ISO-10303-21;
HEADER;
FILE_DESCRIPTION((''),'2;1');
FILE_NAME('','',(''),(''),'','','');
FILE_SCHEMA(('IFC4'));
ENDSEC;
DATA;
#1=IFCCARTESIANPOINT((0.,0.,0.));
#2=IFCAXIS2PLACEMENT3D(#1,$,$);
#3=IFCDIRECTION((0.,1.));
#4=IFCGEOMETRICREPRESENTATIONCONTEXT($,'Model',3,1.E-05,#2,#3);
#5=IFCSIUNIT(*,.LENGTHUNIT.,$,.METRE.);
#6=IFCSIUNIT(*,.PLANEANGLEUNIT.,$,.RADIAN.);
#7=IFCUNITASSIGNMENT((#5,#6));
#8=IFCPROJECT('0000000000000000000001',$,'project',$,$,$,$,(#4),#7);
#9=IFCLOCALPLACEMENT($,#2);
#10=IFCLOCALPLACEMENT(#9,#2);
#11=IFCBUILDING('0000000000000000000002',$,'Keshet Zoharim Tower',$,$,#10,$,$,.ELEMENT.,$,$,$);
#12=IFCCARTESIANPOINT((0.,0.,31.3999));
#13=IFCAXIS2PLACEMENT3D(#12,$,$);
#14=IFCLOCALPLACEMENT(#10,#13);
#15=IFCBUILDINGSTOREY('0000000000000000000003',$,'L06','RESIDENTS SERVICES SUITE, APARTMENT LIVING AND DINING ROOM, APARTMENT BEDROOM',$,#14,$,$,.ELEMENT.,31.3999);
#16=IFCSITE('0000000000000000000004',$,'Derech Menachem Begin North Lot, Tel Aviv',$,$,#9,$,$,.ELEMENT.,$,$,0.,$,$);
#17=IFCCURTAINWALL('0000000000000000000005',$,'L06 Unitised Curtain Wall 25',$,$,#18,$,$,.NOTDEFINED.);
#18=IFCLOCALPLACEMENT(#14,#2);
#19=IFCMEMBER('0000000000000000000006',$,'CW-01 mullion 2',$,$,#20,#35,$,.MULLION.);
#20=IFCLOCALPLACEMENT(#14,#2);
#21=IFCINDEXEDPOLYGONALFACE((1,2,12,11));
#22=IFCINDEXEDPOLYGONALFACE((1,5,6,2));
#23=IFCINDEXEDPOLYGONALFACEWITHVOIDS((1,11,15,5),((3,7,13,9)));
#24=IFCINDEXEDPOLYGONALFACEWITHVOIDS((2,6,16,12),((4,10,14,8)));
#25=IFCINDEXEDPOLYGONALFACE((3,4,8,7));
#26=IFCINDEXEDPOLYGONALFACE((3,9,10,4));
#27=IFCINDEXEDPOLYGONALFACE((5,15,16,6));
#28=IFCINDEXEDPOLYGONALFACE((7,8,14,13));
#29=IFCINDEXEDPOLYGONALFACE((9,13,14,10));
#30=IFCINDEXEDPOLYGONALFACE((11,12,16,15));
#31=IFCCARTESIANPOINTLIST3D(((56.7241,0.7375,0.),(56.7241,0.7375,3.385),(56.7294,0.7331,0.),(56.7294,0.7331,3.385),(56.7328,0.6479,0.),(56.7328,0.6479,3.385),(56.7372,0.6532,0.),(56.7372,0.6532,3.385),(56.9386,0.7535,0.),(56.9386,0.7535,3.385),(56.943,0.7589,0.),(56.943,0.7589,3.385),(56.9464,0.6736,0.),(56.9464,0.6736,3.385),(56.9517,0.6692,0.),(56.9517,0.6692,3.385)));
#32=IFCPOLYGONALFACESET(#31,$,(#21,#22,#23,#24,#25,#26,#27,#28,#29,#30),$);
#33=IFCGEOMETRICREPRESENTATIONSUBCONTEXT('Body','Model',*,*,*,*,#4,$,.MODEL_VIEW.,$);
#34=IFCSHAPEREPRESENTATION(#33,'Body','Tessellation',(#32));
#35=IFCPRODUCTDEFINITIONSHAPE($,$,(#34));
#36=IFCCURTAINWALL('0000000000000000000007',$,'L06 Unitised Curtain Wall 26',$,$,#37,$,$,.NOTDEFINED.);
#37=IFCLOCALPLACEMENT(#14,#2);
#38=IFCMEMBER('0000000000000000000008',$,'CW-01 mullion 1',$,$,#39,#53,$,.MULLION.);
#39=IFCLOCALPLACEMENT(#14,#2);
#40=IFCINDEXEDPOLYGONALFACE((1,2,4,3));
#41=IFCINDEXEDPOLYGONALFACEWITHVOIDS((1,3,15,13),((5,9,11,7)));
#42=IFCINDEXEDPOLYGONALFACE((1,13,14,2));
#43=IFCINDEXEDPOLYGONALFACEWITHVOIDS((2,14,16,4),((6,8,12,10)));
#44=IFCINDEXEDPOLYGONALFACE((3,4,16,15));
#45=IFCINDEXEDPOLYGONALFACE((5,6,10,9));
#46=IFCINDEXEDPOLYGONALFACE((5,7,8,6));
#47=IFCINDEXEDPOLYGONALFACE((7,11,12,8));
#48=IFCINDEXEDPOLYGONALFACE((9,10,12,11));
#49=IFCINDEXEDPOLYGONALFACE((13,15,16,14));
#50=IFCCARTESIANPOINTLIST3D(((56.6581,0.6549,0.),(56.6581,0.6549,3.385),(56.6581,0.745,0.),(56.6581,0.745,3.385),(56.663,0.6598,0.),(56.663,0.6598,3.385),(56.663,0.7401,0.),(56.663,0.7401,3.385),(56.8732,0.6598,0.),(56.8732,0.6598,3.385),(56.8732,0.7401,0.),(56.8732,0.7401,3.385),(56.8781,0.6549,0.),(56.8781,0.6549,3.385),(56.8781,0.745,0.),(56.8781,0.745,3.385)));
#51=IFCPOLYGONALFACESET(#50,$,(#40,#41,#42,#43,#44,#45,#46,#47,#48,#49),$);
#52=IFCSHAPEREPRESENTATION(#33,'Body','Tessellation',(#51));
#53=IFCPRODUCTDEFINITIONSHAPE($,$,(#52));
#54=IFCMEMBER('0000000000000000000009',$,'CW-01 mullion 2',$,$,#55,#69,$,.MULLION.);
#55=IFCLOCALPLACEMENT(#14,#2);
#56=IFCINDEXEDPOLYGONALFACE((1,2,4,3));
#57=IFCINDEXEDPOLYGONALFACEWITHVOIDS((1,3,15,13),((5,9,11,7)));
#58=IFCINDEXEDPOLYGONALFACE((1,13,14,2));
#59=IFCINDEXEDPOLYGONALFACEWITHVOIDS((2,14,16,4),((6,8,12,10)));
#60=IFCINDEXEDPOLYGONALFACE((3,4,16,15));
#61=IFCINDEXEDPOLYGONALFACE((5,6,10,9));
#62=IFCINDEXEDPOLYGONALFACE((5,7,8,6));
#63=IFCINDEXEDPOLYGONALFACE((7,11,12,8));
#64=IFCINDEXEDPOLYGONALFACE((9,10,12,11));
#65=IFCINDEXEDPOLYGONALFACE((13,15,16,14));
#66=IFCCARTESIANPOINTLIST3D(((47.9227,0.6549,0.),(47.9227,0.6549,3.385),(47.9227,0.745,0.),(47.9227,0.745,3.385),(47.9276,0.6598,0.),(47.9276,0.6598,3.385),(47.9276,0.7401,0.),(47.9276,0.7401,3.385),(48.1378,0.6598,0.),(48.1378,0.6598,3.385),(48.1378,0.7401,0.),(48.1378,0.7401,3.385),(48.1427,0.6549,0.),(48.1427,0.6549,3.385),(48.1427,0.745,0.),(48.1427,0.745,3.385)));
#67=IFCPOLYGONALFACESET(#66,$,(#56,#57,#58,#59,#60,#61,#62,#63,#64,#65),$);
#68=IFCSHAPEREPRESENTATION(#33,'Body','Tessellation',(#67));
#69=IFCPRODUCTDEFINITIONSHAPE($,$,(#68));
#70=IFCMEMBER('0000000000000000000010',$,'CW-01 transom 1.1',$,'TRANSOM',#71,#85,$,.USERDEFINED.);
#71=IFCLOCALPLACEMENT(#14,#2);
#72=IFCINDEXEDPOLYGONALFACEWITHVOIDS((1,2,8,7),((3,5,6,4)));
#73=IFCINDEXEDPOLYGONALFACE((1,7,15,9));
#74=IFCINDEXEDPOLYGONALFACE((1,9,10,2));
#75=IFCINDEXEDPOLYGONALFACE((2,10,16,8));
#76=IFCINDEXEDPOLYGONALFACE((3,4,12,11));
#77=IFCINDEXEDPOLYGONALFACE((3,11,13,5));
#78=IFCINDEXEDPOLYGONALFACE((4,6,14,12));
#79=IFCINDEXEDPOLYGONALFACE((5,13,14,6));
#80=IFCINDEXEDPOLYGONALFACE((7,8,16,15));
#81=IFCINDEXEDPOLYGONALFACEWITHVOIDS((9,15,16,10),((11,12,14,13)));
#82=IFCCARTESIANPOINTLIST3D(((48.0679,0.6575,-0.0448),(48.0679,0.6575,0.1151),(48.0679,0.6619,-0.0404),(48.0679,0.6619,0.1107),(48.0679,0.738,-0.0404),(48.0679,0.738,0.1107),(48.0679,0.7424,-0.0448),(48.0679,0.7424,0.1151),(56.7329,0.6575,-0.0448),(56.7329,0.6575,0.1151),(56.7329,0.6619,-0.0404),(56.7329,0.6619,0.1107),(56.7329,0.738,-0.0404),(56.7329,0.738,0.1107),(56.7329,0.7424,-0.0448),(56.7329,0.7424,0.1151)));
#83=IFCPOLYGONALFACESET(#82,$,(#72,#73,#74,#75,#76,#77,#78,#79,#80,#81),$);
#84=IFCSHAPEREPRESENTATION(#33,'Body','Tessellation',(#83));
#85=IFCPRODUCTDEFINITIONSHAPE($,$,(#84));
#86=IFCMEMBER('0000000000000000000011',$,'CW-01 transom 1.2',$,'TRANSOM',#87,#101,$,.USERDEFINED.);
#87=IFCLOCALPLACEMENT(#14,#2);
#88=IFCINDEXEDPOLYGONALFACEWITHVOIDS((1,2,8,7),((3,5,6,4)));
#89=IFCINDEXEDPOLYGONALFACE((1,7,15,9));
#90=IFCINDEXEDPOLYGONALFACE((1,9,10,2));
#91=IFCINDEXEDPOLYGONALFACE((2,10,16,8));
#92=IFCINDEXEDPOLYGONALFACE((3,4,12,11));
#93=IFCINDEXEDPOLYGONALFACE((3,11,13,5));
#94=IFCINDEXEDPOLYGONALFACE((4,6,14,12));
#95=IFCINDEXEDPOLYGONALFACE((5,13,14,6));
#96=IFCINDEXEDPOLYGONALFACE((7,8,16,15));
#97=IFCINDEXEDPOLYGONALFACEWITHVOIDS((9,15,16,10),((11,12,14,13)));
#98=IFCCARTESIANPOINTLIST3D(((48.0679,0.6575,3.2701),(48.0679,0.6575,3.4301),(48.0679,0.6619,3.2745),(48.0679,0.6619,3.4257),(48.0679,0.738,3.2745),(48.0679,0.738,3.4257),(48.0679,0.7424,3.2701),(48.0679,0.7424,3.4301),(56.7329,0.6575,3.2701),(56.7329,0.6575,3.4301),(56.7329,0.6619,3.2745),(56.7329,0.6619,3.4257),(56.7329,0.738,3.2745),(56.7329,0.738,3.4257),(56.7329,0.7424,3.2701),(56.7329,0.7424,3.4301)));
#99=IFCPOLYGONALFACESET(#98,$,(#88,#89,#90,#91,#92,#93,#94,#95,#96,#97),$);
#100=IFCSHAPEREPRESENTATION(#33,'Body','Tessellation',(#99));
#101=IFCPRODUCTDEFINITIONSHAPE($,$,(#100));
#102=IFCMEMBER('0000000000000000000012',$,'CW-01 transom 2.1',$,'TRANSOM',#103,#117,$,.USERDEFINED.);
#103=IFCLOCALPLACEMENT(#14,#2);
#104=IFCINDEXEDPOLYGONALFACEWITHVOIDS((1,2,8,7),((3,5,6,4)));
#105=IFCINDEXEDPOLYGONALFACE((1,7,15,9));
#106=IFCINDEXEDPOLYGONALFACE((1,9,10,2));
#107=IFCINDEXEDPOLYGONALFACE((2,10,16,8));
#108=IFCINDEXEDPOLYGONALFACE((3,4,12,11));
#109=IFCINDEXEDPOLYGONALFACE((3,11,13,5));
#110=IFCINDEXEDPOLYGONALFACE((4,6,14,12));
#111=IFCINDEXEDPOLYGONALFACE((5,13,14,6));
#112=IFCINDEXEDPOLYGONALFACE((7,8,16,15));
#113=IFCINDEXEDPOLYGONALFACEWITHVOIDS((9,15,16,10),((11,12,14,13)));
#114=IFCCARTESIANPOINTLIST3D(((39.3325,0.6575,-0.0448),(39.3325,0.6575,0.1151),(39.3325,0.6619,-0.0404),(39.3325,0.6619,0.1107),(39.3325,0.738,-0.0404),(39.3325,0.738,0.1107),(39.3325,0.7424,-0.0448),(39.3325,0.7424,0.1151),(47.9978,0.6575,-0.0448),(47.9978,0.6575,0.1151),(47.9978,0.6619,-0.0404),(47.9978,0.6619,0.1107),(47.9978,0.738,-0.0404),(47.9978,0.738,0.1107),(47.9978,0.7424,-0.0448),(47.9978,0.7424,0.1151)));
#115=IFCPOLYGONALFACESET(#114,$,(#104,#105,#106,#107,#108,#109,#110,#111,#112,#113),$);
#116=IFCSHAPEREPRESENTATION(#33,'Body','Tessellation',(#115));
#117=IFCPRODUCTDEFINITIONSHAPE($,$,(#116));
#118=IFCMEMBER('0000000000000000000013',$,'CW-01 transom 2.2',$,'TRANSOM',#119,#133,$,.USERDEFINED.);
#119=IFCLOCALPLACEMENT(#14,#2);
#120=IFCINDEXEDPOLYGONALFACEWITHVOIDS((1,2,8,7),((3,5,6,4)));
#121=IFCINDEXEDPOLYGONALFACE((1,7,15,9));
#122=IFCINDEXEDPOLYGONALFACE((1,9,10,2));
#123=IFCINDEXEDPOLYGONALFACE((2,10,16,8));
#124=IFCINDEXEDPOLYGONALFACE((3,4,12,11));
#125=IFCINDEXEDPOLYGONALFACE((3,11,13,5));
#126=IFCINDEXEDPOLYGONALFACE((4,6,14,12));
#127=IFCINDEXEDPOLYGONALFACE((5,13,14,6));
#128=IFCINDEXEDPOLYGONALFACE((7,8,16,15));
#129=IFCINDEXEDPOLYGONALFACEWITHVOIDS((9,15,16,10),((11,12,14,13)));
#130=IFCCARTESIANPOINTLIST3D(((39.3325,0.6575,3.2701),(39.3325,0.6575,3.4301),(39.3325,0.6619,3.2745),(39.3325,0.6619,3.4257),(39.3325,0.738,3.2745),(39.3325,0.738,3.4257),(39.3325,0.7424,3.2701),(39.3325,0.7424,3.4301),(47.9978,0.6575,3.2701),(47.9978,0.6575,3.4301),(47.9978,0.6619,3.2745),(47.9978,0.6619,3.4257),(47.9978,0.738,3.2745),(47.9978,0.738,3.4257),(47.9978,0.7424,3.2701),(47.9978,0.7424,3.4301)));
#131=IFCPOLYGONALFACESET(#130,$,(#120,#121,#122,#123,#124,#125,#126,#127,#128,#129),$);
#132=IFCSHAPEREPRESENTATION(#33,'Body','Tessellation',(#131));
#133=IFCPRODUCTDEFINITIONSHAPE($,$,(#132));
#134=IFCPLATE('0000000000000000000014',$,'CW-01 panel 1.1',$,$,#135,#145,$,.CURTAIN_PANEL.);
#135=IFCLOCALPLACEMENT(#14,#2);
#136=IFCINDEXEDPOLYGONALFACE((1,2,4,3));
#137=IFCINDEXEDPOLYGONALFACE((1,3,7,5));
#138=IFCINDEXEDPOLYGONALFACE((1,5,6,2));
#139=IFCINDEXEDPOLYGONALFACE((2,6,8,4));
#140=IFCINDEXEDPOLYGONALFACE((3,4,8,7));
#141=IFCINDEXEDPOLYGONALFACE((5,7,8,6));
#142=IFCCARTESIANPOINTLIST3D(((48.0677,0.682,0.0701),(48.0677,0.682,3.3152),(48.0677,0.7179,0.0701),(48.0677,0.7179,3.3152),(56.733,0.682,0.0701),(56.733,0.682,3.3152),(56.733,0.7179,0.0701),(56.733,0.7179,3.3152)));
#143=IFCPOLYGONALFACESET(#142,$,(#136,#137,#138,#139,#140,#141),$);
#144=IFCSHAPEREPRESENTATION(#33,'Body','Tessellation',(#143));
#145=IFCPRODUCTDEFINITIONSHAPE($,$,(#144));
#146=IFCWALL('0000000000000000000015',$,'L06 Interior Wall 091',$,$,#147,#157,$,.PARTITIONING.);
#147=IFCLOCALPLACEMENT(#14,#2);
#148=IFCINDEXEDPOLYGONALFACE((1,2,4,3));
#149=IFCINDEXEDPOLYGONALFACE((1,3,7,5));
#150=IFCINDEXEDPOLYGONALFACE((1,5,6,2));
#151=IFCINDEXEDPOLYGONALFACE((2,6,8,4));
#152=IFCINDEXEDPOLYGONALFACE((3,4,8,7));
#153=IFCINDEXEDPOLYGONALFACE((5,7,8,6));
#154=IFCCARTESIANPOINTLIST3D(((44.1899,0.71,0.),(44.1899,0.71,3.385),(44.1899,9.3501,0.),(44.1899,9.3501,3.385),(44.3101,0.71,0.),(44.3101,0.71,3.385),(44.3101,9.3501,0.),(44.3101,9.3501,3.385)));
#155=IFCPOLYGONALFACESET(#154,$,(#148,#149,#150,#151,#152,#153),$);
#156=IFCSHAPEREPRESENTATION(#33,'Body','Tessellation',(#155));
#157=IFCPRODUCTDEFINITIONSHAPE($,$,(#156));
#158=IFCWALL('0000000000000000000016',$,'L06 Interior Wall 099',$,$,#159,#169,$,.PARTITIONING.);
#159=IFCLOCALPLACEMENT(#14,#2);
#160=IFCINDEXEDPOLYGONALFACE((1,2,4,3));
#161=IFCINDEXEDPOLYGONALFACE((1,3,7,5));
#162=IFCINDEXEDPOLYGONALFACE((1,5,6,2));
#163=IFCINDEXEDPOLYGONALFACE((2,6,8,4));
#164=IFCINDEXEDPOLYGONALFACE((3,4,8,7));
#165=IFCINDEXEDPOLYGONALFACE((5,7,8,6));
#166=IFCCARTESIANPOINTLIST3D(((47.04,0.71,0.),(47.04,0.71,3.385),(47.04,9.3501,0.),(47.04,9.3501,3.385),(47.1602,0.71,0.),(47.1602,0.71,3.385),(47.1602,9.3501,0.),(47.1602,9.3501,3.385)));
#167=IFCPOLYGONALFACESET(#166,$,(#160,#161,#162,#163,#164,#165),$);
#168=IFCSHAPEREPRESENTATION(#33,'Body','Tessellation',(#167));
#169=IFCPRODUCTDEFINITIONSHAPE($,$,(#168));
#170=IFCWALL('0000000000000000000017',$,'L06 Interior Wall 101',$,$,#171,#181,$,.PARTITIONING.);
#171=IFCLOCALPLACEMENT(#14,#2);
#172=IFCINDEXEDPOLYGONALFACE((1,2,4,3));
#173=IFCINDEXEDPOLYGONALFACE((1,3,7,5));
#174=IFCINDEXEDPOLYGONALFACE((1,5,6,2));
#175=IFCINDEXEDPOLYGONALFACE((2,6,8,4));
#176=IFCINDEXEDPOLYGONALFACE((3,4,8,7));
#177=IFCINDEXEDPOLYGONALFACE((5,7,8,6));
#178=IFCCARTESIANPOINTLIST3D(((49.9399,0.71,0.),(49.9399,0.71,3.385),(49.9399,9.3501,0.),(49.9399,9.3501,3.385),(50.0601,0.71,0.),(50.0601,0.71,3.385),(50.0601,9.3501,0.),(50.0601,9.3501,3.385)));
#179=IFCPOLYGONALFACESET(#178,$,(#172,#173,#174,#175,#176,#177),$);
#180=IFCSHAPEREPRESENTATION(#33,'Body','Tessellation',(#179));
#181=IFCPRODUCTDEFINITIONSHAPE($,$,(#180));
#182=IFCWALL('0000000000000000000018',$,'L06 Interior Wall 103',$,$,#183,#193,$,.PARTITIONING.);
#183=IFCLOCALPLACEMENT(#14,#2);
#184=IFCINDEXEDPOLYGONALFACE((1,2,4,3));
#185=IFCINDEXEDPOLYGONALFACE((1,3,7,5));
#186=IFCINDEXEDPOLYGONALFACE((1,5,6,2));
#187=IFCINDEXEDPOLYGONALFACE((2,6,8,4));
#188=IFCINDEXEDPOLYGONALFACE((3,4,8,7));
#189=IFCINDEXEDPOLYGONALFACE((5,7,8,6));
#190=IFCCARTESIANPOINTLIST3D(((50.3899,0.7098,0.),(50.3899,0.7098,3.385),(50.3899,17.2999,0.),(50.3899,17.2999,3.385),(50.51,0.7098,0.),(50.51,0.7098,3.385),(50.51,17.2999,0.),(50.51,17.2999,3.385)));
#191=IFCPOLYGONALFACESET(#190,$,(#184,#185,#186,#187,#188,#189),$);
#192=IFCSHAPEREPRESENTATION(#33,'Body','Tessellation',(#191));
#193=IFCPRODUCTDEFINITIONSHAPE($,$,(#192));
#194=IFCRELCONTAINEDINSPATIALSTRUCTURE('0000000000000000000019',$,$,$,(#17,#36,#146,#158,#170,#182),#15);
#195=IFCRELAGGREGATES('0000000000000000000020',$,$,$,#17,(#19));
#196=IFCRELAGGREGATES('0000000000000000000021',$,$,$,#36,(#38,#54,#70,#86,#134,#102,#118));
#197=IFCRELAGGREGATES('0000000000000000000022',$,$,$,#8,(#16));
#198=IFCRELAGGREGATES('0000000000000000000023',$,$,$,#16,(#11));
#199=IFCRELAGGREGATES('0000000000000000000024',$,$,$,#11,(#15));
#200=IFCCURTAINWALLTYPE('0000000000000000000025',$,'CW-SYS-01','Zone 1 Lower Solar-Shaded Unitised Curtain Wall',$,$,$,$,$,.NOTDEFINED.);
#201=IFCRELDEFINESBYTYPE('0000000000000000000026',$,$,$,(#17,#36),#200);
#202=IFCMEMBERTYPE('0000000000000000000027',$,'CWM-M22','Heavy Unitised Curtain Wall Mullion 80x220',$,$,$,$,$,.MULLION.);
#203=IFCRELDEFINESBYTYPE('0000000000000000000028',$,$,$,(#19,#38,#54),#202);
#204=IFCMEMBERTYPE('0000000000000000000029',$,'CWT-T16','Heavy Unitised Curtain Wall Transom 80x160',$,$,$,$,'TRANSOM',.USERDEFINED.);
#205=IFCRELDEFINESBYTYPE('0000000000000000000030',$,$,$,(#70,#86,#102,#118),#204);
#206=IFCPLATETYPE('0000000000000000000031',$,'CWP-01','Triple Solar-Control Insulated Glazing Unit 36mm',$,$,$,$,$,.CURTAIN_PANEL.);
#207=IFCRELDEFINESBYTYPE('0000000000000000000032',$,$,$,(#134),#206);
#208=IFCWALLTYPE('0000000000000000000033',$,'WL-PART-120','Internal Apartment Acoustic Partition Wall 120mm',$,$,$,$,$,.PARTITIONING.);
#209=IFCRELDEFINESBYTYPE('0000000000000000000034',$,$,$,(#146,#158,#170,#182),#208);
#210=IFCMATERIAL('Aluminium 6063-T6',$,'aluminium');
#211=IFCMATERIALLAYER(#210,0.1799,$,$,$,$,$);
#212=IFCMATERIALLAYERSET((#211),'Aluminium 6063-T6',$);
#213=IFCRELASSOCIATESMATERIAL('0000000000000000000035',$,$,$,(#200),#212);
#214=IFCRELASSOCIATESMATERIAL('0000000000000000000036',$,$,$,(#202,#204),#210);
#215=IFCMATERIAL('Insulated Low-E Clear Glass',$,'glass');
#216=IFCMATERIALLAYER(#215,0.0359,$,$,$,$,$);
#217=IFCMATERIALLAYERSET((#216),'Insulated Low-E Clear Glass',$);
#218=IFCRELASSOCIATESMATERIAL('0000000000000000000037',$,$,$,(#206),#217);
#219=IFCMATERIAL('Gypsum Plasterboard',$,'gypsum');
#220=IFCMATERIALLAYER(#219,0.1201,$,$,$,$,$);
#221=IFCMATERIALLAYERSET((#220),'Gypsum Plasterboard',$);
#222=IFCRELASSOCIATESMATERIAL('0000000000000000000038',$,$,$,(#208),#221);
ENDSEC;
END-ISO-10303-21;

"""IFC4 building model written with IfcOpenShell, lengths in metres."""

from ifc_helpers import new_model, si_unit, direction, frame, frame_2d, origin, origin_2d, place, context, subcontext, project, spatial, rectangle, hollow_rectangle, extrude, material, layer, layer_set, material_profile, profile_set, type_object, element, aggregate, save


model = new_model("IFC4")

# Units and contexts
model_context = context("Model", 3, precision=1e-05, world=origin(), true_north=direction((0.0, 1.0)))
body_context = subcontext(model_context, "Body", "Model", "MODEL_VIEW")
ifc_project = project(units=[si_unit("LENGTHUNIT", "METRE"), si_unit("PLANEANGLEUNIT", "RADIAN")], contexts=[model_context])

# Site, building, storey
site_placement = place(None, origin())
site = spatial("IfcSite", under=ifc_project, at=site_placement, Name="Derech Menachem Begin North Lot, Tel Aviv", CompositionType="ELEMENT", RefElevation=0.0)
building_placement = place(site_placement, origin())
building = spatial("IfcBuilding", under=site, at=building_placement, Name="Keshet Zoharim Tower", CompositionType="ELEMENT")
storey_placement = place(building_placement, frame((0.0, 0.0, 31.3999)))
storey = spatial("IfcBuildingStorey", under=building, at=storey_placement, Name="L06", Description="RESIDENTS SERVICES SUITE, APARTMENT LIVING AND DINING ROOM, APARTMENT BEDROOM", CompositionType="ELEMENT", Elevation=31.3999)

# Curtain wall, member
ifc_material_1 = material(Name="Aluminium 6063-T6", Category="aluminium")
ifc_layer_1 = layer(ifc_material_1, 0.1799)
ifc_layer_set_1 = layer_set([ifc_layer_1], Name="Aluminium 6063-T6")
curtain_wall_type = type_object("IfcCurtainWallType", Name="CW-SYS-01", Description="Zone 1 Lower Solar-Shaded Unitised Curtain Wall", PredefinedType="NOTDEFINED", material=ifc_layer_set_1)
curtain_wall_1_placement = place(storey_placement, origin())
curtain_wall_1 = element("IfcCurtainWall", 1, at=curtain_wall_1_placement, inside=storey, type_object=curtain_wall_type, Name="L06 Unitised Curtain Wall 25", PredefinedType="NOTDEFINED")
ifc_material_profile_1 = material_profile(ifc_material_1, hollow_rectangle(XDim=0.0901, YDim=0.22, WallThickness=0.0049, at=origin_2d()), Name="MUL-90x220")
ifc_profile_set_1 = profile_set([ifc_material_profile_1], Name="Aluminium 6063-T6")
member_type_1 = type_object("IfcMemberType", Name="CWM-M22", Description="Heavy Unitised Curtain Wall Mullion 80x220", PredefinedType="MULLION", material=ifc_profile_set_1)
member_1_placement = place(storey_placement, frame((56.8379, 0.7034, 0.0), z_axis=(0.0, 0.0, 1.0), x_axis=(0.096977, -0.995287, 0.0)))
member_1 = element("IfcMember", 2, at=member_1_placement, type_object=member_type_1, Name="CW-01 mullion 2", PredefinedType="MULLION", context=body_context, shape_type="SweptSolid", body=[
    extrude(hollow_rectangle(XDim=0.0901, YDim=0.22, WallThickness=0.0049, at=origin_2d()), origin(), (0.0, 0.0, 1.0), 3.385),
])
aggregate(curtain_wall_1, [member_1])

# Curtain wall, members, plate
curtain_wall_2_placement = place(storey_placement, origin())
curtain_wall_2 = element("IfcCurtainWall", 3, at=curtain_wall_2_placement, inside=storey, type_object=curtain_wall_type, Name="L06 Unitised Curtain Wall 26", PredefinedType="NOTDEFINED")
member_2_placement = place(storey_placement, frame((56.7681, 0.7, 0.0), z_axis=(0.0, 0.0, 1.0), x_axis=(0.0, -1.0, 0.0)))
member_2 = element("IfcMember", 4, at=member_2_placement, type_object=member_type_1, Name="CW-01 mullion 1", PredefinedType="MULLION", context=body_context, shape_type="SweptSolid", body=[
    extrude(hollow_rectangle(XDim=0.0901, YDim=0.22, WallThickness=0.0049, at=origin_2d()), origin(), (0.0, 0.0, 1.0), 3.385),
])
member_3_placement = place(storey_placement, frame((48.0327, 0.7, 0.0), z_axis=(0.0, 0.0, 1.0), x_axis=(0.0, -1.0, 0.0)))
member_3 = element("IfcMember", 5, at=member_3_placement, type_object=member_type_1, Name="CW-01 mullion 2", PredefinedType="MULLION", context=body_context, shape_type="SweptSolid", body=[
    extrude(hollow_rectangle(XDim=0.0901, YDim=0.22, WallThickness=0.0049, at=origin_2d()), origin(), (0.0, 0.0, 1.0), 3.385),
])
ifc_material_profile_2 = material_profile(ifc_material_1, hollow_rectangle(XDim=0.085, YDim=0.1599, WallThickness=0.0044, at=origin_2d()), Name="TRN-85x160")
ifc_profile_set_2 = profile_set([ifc_material_profile_2], Name="Aluminium 6063-T6")
member_type_2 = type_object("IfcMemberType", Name="CWT-T16", Description="Heavy Unitised Curtain Wall Transom 80x160", ElementType="TRANSOM", PredefinedType="USERDEFINED", material=ifc_profile_set_2)
member_4_placement = place(storey_placement, frame((56.7329, 0.7, 0.0352), z_axis=(-1.0, 0.0, 0.0), x_axis=(0.0, -1.0, 0.0)))
member_4 = element("IfcMember", 6, at=member_4_placement, type_object=member_type_2, Name="CW-01 transom 1.1", ObjectType="TRANSOM", PredefinedType="USERDEFINED", context=body_context, shape_type="SweptSolid", body=[
    extrude(hollow_rectangle(XDim=0.085, YDim=0.1599, WallThickness=0.0044, at=origin_2d()), origin(), (0.0, 0.0, 1.0), 8.665),
])
member_5_placement = place(storey_placement, frame((56.7329, 0.7, 3.3501), z_axis=(-1.0, 0.0, 0.0), x_axis=(0.0, -1.0, 0.0)))
member_5 = element("IfcMember", 7, at=member_5_placement, type_object=member_type_2, Name="CW-01 transom 1.2", ObjectType="TRANSOM", PredefinedType="USERDEFINED", context=body_context, shape_type="SweptSolid", body=[
    extrude(hollow_rectangle(XDim=0.085, YDim=0.1599, WallThickness=0.0044, at=origin_2d()), origin(), (0.0, 0.0, 1.0), 8.665),
])
member_6_placement = place(storey_placement, frame((47.9978, 0.7, 0.0352), z_axis=(-1.0, 0.0, 0.0), x_axis=(0.0, -1.0, 0.0)))
member_6 = element("IfcMember", 8, at=member_6_placement, type_object=member_type_2, Name="CW-01 transom 2.1", ObjectType="TRANSOM", PredefinedType="USERDEFINED", context=body_context, shape_type="SweptSolid", body=[
    extrude(hollow_rectangle(XDim=0.085, YDim=0.1599, WallThickness=0.0044, at=origin_2d()), origin(), (0.0, 0.0, 1.0), 8.6653),
])
member_7_placement = place(storey_placement, frame((47.9978, 0.7, 3.3501), z_axis=(-1.0, 0.0, 0.0), x_axis=(0.0, -1.0, 0.0)))
member_7 = element("IfcMember", 9, at=member_7_placement, type_object=member_type_2, Name="CW-01 transom 2.2", ObjectType="TRANSOM", PredefinedType="USERDEFINED", context=body_context, shape_type="SweptSolid", body=[
    extrude(hollow_rectangle(XDim=0.085, YDim=0.1599, WallThickness=0.0044, at=origin_2d()), origin(), (0.0, 0.0, 1.0), 8.6653),
])
ifc_material_2 = material(Name="Insulated Low-E Clear Glass", Category="glass")
ifc_layer_2 = layer(ifc_material_2, 0.0359)
ifc_layer_set_2 = layer_set([ifc_layer_2], Name="Insulated Low-E Clear Glass")
plate_type = type_object("IfcPlateType", Name="CWP-01", Description="Triple Solar-Control Insulated Glazing Unit 36mm", PredefinedType="CURTAIN_PANEL", material=ifc_layer_set_2)
plate_placement = place(storey_placement, frame((52.4004, 0.7, 0.0701), z_axis=(0.0, 0.0, 1.0), x_axis=(-1.0, 0.0, 0.0)))
plate = element("IfcPlate", 10, at=plate_placement, type_object=plate_type, Name="CW-01 panel 1.1", PredefinedType="CURTAIN_PANEL", context=body_context, shape_type="SweptSolid", body=[
    extrude(rectangle(XDim=8.6653, YDim=0.0359, at=origin_2d()), origin(), (0.0, 0.0, 1.0), 3.2451),
])
aggregate(curtain_wall_2, [member_2, member_3, member_4, member_5, plate, member_6, member_7])

# Walls
ifc_material_3 = material(Name="Gypsum Plasterboard", Category="gypsum")
ifc_layer_3 = layer(ifc_material_3, 0.1201)
ifc_layer_set_3 = layer_set([ifc_layer_3], Name="Gypsum Plasterboard")
wall_type = type_object("IfcWallType", Name="WL-PART-120", Description="Internal Apartment Acoustic Partition Wall 120mm", PredefinedType="PARTITIONING", material=ifc_layer_set_3)
for number, where, z_axis, x_axis, name in (
    (11, (44.25, 0.71, 0.0), (0.0, 0.0, 1.0), (0.0, 1.0, 0.0), "L06 Interior Wall 091"),
    (12, (47.1001, 0.71, 0.0), (0.0, 0.0, 1.0), (0.0, 1.0, 0.0), "L06 Interior Wall 099"),
    (13, (50.0, 0.71, 0.0), (0.0, 0.0, 1.0), (0.0, 1.0, 0.0), "L06 Interior Wall 101"),
):
    element("IfcWall", number, at=place(storey_placement, frame(where, z_axis=z_axis, x_axis=x_axis)), inside=storey, type_object=wall_type, Name=name, PredefinedType="PARTITIONING", context=body_context, shape_type="SweptSolid", body=[
        extrude(rectangle(XDim=8.6401, YDim=0.1201, at=frame_2d((4.3201, 0.0))), origin(), (0.0, 0.0, 1.0), 3.385),
    ])
wall_1_placement = place(storey_placement, frame((50.45, 0.71, 0.0), z_axis=(0.0, 0.0, 1.0), x_axis=(0.0, 1.0, 0.0)))
element("IfcWall", 14, at=wall_1_placement, inside=storey, type_object=wall_type, Name="L06 Interior Wall 103", PredefinedType="PARTITIONING", context=body_context, shape_type="SweptSolid", body=[
    extrude(rectangle(XDim=16.5901, YDim=0.1201, at=frame_2d((8.2949, 0.0))), origin(), (0.0, 0.0, 1.0), 3.385),
])

save(model, "model.ifc")
